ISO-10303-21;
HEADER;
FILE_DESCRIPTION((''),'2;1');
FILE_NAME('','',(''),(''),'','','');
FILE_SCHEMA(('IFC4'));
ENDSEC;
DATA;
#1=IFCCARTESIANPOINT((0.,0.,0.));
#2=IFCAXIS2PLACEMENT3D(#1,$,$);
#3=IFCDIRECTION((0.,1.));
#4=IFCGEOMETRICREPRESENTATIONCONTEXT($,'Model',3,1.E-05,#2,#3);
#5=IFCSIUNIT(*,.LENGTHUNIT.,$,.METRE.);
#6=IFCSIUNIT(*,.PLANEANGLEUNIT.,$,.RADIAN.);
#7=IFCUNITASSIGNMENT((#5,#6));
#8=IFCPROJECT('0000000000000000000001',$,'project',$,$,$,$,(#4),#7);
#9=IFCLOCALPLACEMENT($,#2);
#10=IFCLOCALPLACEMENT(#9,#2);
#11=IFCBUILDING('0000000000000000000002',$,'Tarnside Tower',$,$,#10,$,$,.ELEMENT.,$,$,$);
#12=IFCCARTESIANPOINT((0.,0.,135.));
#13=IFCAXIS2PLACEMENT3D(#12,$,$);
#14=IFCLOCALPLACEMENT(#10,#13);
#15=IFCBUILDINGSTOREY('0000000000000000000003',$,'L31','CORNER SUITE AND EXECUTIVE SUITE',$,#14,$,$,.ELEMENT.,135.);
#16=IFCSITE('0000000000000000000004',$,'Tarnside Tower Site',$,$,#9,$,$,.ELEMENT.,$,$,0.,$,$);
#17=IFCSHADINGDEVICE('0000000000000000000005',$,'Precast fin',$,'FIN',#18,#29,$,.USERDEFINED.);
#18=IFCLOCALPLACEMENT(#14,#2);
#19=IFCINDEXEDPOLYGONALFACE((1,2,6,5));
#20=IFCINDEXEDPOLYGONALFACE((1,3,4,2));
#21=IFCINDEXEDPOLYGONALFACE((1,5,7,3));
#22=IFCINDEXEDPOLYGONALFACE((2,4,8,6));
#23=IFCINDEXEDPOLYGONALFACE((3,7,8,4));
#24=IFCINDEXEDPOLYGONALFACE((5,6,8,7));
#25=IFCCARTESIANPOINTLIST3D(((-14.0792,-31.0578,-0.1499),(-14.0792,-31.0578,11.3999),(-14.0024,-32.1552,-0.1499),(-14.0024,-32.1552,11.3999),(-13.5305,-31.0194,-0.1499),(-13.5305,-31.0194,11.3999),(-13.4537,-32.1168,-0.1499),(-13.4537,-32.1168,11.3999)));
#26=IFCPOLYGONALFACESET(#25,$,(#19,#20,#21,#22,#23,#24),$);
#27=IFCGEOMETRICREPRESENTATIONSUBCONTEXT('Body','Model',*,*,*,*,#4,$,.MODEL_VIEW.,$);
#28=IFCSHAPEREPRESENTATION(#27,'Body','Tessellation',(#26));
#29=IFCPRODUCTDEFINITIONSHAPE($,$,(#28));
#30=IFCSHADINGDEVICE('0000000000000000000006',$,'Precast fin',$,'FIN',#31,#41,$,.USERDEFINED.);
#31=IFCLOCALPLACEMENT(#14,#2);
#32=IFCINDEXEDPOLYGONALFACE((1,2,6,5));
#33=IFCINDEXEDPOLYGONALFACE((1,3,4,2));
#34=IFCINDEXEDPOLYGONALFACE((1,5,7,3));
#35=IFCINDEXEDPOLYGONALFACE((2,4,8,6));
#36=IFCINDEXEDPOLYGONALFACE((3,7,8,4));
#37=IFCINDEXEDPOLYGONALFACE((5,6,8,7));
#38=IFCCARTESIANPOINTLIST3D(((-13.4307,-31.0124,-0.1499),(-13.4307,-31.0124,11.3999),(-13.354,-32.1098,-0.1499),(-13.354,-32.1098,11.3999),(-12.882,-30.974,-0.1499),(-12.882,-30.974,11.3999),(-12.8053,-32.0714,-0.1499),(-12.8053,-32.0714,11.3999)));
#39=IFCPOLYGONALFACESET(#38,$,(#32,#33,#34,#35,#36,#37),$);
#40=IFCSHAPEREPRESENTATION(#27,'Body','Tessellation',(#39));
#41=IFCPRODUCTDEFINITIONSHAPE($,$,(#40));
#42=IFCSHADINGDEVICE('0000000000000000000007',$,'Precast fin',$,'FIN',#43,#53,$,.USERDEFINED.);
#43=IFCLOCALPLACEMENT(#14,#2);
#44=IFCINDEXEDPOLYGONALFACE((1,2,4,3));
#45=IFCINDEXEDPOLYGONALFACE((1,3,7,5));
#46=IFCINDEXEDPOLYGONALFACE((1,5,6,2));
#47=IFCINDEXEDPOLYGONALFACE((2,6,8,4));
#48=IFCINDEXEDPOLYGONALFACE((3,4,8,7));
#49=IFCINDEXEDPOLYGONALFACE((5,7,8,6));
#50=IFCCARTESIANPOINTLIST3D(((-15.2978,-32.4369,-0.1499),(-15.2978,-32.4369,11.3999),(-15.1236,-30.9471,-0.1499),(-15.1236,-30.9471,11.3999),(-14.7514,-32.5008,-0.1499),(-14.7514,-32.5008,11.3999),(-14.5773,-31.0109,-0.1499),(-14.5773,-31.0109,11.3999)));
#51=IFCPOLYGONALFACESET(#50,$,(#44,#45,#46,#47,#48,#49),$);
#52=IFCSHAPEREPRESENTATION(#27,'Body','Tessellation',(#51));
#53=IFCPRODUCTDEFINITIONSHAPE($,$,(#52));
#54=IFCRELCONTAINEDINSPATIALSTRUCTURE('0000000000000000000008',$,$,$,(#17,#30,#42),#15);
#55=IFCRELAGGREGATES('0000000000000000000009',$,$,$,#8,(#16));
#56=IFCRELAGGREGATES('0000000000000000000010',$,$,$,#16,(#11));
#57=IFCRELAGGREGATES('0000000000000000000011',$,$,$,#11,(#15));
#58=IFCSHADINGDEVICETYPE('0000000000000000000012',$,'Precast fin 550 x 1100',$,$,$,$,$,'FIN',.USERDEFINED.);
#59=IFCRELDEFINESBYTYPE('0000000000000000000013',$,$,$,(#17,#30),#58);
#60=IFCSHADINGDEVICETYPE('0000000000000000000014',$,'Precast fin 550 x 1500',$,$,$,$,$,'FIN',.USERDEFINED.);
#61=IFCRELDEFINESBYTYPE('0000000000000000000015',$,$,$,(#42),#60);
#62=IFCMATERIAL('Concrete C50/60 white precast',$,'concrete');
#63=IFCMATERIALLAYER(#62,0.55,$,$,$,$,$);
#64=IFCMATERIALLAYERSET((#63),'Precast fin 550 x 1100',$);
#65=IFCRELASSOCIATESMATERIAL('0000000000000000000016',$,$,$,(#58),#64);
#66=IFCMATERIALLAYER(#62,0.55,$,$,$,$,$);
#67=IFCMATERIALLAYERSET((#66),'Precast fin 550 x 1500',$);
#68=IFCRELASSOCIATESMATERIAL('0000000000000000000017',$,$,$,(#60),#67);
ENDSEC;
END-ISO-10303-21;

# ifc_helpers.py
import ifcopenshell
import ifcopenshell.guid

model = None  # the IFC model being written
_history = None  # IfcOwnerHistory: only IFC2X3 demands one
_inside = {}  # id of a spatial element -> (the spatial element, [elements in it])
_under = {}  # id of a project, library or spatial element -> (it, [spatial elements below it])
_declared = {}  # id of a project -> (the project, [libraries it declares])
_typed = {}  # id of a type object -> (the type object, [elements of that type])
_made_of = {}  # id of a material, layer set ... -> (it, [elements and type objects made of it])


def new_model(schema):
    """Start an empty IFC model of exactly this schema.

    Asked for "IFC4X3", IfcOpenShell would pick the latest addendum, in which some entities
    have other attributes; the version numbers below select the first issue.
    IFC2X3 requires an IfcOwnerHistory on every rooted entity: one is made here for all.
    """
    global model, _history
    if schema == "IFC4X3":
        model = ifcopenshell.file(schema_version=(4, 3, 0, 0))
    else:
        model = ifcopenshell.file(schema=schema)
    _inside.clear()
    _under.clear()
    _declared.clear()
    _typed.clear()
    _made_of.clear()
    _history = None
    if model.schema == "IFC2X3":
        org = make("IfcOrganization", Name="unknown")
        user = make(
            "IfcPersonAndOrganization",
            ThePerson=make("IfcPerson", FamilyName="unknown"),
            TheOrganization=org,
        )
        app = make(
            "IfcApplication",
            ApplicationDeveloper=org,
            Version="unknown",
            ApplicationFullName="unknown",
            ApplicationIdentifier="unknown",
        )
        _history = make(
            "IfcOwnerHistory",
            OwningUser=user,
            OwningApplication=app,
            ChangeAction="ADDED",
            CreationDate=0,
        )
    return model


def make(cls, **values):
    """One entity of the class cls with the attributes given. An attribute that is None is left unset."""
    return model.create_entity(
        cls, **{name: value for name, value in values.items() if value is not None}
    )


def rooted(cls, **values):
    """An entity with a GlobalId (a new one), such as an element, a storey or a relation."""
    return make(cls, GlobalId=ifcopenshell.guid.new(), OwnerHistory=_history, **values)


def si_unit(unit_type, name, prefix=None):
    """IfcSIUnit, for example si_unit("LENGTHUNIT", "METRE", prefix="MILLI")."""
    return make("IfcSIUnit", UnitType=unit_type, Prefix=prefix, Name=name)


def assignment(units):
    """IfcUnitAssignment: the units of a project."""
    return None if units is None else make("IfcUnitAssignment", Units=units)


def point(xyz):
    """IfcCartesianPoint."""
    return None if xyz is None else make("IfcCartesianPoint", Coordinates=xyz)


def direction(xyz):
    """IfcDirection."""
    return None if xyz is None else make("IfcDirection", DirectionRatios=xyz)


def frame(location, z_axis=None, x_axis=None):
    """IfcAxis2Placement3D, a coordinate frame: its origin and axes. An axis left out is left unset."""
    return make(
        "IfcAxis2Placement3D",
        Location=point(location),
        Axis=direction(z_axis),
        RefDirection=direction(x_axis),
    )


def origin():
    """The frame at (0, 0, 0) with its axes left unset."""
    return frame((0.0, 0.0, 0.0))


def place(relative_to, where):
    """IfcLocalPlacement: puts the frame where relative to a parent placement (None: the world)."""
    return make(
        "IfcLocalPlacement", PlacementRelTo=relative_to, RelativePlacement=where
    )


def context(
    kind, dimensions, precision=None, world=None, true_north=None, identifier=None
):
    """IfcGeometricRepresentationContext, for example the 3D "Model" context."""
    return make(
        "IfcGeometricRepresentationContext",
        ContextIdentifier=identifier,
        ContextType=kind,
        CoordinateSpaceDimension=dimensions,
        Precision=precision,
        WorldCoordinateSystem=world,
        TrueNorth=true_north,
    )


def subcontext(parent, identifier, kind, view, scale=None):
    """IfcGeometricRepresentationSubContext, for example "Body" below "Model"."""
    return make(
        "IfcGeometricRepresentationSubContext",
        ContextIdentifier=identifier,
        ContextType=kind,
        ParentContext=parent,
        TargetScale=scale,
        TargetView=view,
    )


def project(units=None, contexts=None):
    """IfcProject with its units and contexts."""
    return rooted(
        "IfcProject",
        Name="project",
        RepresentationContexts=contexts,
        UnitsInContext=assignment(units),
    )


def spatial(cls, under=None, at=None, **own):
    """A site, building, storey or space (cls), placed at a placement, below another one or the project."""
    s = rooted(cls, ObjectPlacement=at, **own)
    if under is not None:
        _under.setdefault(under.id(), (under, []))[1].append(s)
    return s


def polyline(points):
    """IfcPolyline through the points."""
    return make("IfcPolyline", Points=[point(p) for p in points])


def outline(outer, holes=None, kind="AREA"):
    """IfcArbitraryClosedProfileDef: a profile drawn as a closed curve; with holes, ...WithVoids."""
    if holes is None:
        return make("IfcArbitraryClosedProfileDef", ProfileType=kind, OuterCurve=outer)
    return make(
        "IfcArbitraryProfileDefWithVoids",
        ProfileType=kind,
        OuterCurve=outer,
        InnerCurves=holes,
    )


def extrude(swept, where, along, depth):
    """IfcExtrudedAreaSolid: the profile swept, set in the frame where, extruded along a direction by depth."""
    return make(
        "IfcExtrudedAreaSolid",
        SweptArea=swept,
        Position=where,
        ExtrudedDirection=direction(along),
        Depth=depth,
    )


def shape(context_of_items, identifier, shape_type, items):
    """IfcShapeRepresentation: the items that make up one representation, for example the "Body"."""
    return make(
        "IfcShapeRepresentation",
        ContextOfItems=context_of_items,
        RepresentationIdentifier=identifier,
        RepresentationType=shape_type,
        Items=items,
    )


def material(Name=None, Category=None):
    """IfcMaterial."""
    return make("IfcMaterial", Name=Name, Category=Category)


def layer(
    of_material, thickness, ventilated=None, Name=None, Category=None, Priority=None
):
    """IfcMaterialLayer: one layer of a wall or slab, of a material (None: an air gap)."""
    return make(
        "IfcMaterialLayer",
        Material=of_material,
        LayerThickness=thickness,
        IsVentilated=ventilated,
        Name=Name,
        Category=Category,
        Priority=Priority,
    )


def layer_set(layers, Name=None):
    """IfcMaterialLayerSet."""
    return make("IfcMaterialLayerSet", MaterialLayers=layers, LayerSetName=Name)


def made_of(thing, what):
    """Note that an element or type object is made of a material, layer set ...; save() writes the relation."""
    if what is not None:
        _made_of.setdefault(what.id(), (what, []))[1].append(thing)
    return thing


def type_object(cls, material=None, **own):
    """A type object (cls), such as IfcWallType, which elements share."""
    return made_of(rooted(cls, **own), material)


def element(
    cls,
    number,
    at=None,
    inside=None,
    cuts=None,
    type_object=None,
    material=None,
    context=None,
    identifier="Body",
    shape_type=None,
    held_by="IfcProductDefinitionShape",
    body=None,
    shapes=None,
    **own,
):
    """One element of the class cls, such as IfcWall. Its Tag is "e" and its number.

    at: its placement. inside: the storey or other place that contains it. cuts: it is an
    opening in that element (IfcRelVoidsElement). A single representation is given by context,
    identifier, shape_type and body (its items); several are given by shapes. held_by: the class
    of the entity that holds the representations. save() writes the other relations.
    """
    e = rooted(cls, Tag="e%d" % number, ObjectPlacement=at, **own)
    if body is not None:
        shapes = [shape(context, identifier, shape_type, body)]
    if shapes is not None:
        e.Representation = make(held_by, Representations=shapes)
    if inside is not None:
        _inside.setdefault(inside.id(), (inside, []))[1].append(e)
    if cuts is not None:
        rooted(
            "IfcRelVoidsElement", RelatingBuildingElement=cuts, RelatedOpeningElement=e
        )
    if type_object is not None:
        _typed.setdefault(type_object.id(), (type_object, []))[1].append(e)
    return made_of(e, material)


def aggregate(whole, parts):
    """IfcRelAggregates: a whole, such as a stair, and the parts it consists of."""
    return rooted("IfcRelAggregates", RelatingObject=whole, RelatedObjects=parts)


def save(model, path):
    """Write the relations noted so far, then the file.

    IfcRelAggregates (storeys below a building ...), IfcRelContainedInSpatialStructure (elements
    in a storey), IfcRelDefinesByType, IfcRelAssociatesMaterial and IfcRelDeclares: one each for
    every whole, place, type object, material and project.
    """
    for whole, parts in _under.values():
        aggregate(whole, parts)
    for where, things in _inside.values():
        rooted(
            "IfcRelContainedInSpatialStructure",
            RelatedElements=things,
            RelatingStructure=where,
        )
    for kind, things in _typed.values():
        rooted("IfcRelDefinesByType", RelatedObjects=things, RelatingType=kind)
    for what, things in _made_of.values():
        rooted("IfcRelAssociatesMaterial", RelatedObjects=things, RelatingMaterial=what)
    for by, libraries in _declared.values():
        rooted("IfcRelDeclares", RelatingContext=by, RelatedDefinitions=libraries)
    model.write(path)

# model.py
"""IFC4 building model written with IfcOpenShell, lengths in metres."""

from ifc_helpers import new_model, si_unit, direction, frame, origin, place, context, subcontext, project, spatial, polyline, outline, extrude, material, layer, layer_set, type_object, element, save


model = new_model("IFC4")

# Units and contexts
model_context = context("Model", 3, precision=1e-05, world=origin(), true_north=direction((0.0, 1.0)))
body_context = subcontext(model_context, "Body", "Model", "MODEL_VIEW")
ifc_project = project(units=[si_unit("LENGTHUNIT", "METRE"), si_unit("PLANEANGLEUNIT", "RADIAN")], contexts=[model_context])

# Site, building, storey
site_placement = place(None, origin())
site = spatial("IfcSite", under=ifc_project, at=site_placement, Name="Tarnside Tower Site", CompositionType="ELEMENT", RefElevation=0.0)
building_placement = place(site_placement, origin())
building = spatial("IfcBuilding", under=site, at=building_placement, Name="Tarnside Tower", CompositionType="ELEMENT")
storey_placement = place(building_placement, frame((0.0, 0.0, 135.0)))
storey = spatial("IfcBuildingStorey", under=building, at=storey_placement, Name="L31", Description="CORNER SUITE AND EXECUTIVE SUITE", CompositionType="ELEMENT", Elevation=135.0)

# Shading devices
ifc_material_1 = material(Name="Concrete C50/60 white precast", Category="concrete")
ifc_layer_1 = layer(ifc_material_1, 0.55)
ifc_layer_set_1 = layer_set([ifc_layer_1], Name="Precast fin 550 x 1100")
shading_device_type_1 = type_object("IfcShadingDeviceType", Name="Precast fin 550 x 1100", ElementType="FIN", PredefinedType="USERDEFINED", material=ifc_layer_set_1)
for number, where, z_axis, x_axis, name in (
    (1, (-13.8047, -31.0386, -0.1499), (-0.997564, -0.069756, 0.0), (0.069756, -0.997564, 0.0), "Precast fin"),
    (2, (-13.1562, -30.9932, -0.1499), (-0.997564, -0.069756, 0.0), (0.069756, -0.997564, 0.0), "Precast fin"),
):
    element("IfcShadingDevice", number, at=place(storey_placement, frame(where, z_axis=z_axis, x_axis=x_axis)), inside=storey, type_object=shading_device_type_1, Name=name, ObjectType="FIN", PredefinedType="USERDEFINED", context=body_context, shape_type="SweptSolid", body=[
        extrude(outline(polyline([(0.0, 0.0), (1.1001, 0.0), (1.1001, 11.5498), (0.0, 11.5498), (0.0, 0.0)])), frame((0.0, 0.0, -0.2749)), (0.0, 0.0, 1.0), 0.55),
    ])
ifc_layer_2 = layer(ifc_material_1, 0.55)
ifc_layer_set_2 = layer_set([ifc_layer_2], Name="Precast fin 550 x 1500")
shading_device_type_2 = type_object("IfcShadingDeviceType", Name="Precast fin 550 x 1500", ElementType="FIN", PredefinedType="USERDEFINED", material=ifc_layer_set_2)
shading_device_placement = place(storey_placement, frame((-14.8503, -30.979, -0.1499), z_axis=(-0.993238, 0.116093, 0.0), x_axis=(-0.116093, -0.993238, 0.0)))
element("IfcShadingDevice", 3, at=shading_device_placement, inside=storey, type_object=shading_device_type_2, Name="Precast fin", ObjectType="FIN", PredefinedType="USERDEFINED", context=body_context, shape_type="SweptSolid", body=[
    extrude(outline(polyline([(0.0, 0.0), (1.5, 0.0), (1.5, 11.5498), (0.0, 11.5498), (0.0, 0.0)])), frame((0.0, 0.0, -0.2749)), (0.0, 0.0, 1.0), 0.55),
])

save(model, "model.ifc")
